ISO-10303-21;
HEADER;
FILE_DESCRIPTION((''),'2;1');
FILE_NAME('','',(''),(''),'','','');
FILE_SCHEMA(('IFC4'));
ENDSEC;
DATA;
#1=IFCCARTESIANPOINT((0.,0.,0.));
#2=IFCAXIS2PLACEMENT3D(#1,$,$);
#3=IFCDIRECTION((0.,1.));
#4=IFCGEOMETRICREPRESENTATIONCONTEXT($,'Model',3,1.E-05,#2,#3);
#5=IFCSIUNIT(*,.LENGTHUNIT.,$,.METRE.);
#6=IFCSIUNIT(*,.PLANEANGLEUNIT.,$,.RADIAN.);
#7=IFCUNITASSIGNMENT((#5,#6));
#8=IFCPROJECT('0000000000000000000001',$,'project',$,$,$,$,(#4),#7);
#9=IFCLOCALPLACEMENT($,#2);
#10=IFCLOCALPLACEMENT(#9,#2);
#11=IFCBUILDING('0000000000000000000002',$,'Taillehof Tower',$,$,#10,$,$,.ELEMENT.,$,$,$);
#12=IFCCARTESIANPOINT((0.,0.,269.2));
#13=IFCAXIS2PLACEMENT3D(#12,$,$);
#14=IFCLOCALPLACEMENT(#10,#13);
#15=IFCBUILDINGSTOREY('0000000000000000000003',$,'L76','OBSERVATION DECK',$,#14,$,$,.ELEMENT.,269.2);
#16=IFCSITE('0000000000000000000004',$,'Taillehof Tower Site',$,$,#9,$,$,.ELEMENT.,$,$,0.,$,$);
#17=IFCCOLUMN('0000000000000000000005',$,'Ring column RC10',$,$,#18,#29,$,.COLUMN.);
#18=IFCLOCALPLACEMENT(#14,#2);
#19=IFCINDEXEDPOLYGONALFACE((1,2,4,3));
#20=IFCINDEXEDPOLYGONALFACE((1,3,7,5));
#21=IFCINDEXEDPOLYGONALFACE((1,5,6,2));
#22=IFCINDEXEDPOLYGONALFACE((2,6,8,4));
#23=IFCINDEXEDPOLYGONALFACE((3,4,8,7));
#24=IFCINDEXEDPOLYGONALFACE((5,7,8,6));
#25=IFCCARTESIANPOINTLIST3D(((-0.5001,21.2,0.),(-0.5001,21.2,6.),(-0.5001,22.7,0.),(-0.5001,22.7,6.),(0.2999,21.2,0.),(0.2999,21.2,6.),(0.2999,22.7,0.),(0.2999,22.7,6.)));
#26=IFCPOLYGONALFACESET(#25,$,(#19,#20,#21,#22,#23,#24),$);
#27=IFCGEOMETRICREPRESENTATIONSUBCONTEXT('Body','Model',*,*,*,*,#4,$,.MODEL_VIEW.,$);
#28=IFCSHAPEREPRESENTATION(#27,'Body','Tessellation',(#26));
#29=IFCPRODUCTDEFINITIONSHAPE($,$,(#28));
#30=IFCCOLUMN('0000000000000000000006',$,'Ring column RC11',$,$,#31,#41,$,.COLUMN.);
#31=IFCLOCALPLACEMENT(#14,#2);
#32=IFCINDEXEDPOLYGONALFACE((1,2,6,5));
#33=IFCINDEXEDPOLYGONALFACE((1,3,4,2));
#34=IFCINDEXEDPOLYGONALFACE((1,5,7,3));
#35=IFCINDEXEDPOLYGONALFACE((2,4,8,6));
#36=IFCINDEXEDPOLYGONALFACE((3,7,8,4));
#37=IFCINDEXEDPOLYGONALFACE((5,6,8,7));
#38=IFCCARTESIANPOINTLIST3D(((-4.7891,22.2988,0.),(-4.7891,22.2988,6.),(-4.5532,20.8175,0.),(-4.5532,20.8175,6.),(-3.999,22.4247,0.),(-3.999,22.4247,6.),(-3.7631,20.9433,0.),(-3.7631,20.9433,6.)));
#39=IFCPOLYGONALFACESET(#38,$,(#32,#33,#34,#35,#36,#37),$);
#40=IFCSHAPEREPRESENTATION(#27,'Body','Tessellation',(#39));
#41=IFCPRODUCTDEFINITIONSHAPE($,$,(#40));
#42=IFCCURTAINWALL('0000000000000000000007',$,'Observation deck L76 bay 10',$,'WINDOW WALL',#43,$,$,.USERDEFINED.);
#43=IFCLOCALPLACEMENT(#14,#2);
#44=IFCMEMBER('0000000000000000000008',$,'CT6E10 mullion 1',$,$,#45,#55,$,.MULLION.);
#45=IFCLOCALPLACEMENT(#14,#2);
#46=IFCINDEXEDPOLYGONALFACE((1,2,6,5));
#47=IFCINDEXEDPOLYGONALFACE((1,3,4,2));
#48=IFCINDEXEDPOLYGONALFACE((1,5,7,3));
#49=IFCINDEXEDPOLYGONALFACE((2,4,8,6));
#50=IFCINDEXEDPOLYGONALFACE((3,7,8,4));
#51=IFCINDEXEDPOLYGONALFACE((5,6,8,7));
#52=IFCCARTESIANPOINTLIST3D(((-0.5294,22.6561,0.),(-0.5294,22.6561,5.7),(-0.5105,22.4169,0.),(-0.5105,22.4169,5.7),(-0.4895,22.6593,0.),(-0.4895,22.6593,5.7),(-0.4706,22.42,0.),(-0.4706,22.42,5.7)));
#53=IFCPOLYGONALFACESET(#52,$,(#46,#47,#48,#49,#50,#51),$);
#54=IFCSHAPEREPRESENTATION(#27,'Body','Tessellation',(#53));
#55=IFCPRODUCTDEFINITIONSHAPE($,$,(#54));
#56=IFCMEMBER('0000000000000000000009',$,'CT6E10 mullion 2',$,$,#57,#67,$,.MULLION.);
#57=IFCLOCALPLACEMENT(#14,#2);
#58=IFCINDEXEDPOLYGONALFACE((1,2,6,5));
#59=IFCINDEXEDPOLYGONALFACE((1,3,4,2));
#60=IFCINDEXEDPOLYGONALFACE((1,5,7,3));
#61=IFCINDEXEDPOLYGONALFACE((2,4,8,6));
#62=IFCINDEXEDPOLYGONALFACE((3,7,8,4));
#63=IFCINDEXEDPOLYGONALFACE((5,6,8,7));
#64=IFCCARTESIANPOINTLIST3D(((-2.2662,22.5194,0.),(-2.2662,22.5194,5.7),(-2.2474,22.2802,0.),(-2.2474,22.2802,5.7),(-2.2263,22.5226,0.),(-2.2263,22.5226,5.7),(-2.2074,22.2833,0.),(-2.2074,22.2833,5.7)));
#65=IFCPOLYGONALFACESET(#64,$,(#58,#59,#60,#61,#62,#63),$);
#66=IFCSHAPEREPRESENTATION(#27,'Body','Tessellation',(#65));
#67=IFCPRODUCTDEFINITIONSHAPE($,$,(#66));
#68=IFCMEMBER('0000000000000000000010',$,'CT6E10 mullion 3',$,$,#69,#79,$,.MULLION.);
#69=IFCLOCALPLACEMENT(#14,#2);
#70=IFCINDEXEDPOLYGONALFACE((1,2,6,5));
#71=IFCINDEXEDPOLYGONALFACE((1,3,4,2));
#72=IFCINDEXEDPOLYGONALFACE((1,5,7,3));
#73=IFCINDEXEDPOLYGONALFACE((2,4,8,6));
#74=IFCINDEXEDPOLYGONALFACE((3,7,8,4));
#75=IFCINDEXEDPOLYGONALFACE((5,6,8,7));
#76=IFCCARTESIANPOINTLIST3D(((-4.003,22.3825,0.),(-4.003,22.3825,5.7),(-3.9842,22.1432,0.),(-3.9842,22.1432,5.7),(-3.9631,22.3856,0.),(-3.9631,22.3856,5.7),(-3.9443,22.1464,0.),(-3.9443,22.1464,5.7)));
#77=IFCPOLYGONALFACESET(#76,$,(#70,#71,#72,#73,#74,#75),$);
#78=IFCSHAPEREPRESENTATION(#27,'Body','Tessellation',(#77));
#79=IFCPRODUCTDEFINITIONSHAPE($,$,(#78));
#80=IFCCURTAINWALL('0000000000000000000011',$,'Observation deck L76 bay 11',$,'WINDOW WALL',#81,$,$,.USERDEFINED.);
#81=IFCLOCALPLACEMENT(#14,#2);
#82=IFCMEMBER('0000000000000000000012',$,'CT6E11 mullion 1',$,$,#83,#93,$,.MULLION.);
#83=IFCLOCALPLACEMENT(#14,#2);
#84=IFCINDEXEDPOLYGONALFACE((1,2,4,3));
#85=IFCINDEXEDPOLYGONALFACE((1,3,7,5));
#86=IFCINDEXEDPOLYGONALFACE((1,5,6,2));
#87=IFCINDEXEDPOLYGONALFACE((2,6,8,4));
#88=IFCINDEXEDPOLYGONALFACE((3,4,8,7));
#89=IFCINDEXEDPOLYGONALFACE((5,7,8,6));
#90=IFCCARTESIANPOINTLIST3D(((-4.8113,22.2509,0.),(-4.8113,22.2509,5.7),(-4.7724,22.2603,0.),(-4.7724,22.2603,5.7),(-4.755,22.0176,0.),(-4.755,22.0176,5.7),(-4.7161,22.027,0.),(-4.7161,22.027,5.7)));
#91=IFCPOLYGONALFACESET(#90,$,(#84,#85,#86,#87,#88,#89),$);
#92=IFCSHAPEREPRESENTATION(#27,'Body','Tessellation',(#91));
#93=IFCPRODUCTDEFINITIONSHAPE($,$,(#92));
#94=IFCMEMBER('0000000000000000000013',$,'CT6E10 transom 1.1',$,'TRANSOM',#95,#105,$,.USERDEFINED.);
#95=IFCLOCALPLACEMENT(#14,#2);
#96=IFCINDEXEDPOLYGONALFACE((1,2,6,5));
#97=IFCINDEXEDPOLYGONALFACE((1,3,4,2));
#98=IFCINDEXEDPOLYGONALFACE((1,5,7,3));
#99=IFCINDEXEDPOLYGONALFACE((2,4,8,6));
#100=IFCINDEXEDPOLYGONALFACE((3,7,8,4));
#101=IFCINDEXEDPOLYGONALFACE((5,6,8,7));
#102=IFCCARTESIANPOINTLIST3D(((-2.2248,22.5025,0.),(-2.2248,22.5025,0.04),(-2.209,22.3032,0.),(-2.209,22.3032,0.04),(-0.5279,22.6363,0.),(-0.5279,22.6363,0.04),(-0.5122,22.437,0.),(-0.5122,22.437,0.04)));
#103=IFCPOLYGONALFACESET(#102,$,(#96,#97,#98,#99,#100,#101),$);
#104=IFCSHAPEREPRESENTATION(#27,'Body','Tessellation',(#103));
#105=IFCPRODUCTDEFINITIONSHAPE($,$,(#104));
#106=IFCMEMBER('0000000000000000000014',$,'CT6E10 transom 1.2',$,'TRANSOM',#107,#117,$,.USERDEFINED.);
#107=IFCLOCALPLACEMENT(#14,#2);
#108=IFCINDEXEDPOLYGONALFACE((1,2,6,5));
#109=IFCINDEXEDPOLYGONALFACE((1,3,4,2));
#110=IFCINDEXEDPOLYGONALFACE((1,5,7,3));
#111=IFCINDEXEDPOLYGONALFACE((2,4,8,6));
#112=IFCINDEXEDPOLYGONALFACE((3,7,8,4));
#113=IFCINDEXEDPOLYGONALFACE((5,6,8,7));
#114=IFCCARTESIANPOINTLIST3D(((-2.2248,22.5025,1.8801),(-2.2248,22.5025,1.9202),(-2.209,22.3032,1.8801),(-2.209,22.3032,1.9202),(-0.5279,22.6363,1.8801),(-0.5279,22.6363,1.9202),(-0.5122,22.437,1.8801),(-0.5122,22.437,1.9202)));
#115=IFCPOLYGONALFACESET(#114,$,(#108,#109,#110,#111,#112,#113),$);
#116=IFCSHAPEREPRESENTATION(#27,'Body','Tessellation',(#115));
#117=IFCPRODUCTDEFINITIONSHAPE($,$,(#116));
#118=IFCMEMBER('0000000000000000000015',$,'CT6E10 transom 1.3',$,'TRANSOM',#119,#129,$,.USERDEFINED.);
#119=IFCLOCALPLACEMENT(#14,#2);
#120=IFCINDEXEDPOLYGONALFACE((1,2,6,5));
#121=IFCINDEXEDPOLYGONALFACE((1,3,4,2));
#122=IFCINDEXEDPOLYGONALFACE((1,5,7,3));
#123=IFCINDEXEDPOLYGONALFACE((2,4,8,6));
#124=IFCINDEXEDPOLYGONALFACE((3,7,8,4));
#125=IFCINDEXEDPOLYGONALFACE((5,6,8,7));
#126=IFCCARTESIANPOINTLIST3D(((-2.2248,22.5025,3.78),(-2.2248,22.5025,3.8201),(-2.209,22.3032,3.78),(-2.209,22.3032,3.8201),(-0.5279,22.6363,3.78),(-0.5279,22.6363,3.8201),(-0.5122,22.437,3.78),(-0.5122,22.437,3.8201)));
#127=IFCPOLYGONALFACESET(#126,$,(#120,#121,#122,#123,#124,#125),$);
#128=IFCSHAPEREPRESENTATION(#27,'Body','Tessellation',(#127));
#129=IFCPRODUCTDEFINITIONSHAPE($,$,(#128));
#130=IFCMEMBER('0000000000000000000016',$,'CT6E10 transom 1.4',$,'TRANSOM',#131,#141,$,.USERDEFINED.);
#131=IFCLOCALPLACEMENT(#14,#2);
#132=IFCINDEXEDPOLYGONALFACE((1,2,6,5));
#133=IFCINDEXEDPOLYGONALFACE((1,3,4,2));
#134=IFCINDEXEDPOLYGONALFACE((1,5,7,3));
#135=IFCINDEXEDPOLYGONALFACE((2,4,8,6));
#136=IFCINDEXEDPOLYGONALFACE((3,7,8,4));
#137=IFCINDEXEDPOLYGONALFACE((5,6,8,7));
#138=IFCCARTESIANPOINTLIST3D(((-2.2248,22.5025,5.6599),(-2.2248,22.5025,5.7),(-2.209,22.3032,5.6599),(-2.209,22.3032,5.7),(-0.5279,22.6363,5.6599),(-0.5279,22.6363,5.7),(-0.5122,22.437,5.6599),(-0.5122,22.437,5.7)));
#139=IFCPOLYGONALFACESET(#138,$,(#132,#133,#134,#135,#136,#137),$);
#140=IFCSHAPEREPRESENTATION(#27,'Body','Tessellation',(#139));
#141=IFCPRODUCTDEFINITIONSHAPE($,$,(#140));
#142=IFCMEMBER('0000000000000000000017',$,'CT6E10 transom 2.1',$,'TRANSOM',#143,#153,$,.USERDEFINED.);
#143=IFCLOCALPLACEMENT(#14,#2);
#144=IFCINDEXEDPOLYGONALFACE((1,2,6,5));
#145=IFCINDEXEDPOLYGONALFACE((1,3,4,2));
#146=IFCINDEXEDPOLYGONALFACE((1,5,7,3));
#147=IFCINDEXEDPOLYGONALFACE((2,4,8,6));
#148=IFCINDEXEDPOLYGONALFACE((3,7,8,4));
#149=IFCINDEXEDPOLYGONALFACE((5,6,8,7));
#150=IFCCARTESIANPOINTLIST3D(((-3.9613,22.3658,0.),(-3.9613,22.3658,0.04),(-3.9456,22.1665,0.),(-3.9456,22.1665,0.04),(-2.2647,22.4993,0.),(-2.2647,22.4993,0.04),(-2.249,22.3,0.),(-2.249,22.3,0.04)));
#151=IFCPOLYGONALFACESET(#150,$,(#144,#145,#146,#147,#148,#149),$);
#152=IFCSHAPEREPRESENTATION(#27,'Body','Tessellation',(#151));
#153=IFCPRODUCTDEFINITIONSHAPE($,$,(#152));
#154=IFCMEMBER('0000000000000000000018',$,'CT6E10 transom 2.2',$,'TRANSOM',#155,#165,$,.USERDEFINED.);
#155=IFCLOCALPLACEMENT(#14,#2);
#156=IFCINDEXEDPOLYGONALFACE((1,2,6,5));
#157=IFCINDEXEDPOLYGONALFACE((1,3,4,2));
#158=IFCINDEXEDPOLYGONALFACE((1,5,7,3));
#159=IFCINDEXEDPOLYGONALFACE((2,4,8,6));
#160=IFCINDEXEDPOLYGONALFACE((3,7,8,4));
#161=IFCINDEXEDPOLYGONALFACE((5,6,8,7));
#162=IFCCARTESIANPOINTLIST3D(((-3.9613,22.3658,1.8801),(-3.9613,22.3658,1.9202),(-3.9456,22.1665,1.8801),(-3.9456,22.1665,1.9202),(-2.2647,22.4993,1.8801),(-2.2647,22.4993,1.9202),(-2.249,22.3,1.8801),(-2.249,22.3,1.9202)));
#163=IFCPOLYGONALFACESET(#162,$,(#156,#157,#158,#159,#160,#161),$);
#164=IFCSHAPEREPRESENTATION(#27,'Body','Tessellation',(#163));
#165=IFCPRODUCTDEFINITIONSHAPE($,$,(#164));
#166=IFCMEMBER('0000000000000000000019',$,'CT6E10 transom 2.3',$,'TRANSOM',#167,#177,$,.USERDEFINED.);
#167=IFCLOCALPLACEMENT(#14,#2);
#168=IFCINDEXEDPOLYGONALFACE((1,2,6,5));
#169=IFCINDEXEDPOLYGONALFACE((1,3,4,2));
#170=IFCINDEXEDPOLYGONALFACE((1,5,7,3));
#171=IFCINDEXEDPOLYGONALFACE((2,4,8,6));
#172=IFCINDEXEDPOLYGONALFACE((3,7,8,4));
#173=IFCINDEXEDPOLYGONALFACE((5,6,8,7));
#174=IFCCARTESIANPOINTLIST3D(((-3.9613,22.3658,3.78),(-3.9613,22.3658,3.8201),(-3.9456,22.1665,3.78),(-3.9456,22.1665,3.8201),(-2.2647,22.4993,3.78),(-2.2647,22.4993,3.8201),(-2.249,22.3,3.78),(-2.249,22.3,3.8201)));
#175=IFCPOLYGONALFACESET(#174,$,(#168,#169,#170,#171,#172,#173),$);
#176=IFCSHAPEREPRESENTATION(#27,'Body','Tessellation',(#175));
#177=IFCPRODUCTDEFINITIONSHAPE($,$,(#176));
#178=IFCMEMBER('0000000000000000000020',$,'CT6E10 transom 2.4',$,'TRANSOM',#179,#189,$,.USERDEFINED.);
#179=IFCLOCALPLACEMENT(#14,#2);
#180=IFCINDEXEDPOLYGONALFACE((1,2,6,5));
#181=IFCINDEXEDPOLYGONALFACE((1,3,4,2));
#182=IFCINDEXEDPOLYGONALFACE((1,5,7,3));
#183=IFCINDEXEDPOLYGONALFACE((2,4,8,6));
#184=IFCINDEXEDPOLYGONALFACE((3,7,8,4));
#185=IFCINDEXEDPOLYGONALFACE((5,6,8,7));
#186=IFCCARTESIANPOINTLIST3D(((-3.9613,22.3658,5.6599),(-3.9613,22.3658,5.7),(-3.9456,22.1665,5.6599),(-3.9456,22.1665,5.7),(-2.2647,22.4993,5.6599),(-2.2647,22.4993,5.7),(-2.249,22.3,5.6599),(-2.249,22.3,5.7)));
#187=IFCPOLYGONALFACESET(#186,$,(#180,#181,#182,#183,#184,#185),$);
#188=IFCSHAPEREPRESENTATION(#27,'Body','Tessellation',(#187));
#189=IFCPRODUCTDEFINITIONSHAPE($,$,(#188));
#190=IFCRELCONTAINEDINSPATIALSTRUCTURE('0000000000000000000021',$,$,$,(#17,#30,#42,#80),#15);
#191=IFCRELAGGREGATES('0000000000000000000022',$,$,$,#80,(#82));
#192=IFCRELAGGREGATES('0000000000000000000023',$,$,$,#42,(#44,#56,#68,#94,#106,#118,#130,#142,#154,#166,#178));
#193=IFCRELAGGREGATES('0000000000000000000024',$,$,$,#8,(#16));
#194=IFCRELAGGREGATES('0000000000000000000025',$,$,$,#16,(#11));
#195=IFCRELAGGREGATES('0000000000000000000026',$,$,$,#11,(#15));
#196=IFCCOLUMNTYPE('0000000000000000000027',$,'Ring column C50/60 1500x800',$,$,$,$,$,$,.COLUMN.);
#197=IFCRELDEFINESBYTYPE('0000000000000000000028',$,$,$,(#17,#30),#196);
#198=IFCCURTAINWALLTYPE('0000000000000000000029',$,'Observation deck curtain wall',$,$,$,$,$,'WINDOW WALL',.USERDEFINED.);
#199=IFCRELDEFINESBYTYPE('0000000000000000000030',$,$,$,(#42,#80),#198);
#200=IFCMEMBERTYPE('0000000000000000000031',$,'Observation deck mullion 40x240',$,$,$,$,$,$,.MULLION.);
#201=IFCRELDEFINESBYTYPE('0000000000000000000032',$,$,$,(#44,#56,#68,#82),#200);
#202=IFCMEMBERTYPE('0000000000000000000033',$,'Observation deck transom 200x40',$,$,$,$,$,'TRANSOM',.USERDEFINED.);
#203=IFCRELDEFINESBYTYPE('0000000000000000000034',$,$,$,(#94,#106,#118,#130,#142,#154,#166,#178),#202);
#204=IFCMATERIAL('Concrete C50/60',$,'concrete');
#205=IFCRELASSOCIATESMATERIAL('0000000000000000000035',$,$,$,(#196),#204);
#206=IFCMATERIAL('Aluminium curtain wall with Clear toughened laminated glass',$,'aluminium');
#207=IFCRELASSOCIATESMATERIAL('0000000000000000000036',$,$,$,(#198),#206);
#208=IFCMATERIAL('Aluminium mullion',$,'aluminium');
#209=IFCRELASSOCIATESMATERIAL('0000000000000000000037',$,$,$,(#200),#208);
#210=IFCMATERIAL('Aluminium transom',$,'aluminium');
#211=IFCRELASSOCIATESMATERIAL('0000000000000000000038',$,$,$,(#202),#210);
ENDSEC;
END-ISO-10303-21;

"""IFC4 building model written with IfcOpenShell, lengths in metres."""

from ifc_helpers import new_model, si_unit, direction, frame, origin, origin_2d, place, context, subcontext, project, spatial, rectangle, extrude, material, material_profile, profile_set, type_object, element, aggregate, save


model = new_model("IFC4")

# Units and contexts
model_context = context("Model", 3, precision=1e-05, world=origin(), true_north=direction((0.0, 1.0)))
body_context = subcontext(model_context, "Body", "Model", "MODEL_VIEW")
ifc_project = project(units=[si_unit("LENGTHUNIT", "METRE"), si_unit("PLANEANGLEUNIT", "RADIAN")], contexts=[model_context])

# Site, building, storey
site_placement = place(None, origin())
site = spatial("IfcSite", under=ifc_project, at=site_placement, Name="Taillehof Tower Site", CompositionType="ELEMENT", RefElevation=0.0)
building_placement = place(site_placement, origin())
building = spatial("IfcBuilding", under=site, at=building_placement, Name="Taillehof Tower", CompositionType="ELEMENT")
storey_placement = place(building_placement, frame((0.0, 0.0, 269.2)))
storey = spatial("IfcBuildingStorey", under=building, at=storey_placement, Name="L76", Description="OBSERVATION DECK", CompositionType="ELEMENT", Elevation=269.2)

# Columns
ifc_material_1 = material(Name="Concrete C50/60", Category="concrete")
ifc_material_profile_1 = material_profile(ifc_material_1, rectangle(XDim=1.5, YDim=0.8, at=origin_2d()), Name="RC 1500x800")
ifc_profile_set_1 = profile_set([ifc_material_profile_1], Name="Concrete C50/60")
column_type = type_object("IfcColumnType", Name="Ring column C50/60 1500x800", PredefinedType="COLUMN", material=ifc_profile_set_1)
for number, where, z_axis, x_axis, name in (
    (1, (-0.1001, 21.95, 0.0), (0.0, 0.0, 1.0), (0.0, 1.0, 0.0), "Ring column RC10"),
    (2, (-4.2761, 21.6211, 0.0), (0.0, 0.0, 1.0), (-0.157281, 0.987554, 0.0), "Ring column RC11"),
):
    element("IfcColumn", number, at=place(storey_placement, frame(where, z_axis=z_axis, x_axis=x_axis)), inside=storey, type_object=column_type, Name=name, PredefinedType="COLUMN", context=body_context, shape_type="SweptSolid", body=[
        extrude(rectangle(XDim=1.5, YDim=0.8, at=origin_2d()), origin(), (0.0, 0.0, 1.0), 6.0),
    ])

# Curtain wall, members
ifc_material_2 = material(Name="Aluminium curtain wall with Clear toughened laminated glass", Category="aluminium")
curtain_wall_type = type_object("IfcCurtainWallType", Name="Observation deck curtain wall", ElementType="WINDOW WALL", PredefinedType="USERDEFINED", material=ifc_material_2)
curtain_wall_1_placement = place(storey_placement, origin())
curtain_wall_1 = element("IfcCurtainWall", 3, at=curtain_wall_1_placement, inside=storey, type_object=curtain_wall_type, Name="Observation deck L76 bay 10", ObjectType="WINDOW WALL", PredefinedType="USERDEFINED")
ifc_material_3 = material(Name="Aluminium mullion", Category="aluminium")
ifc_material_profile_2 = material_profile(ifc_material_3, rectangle(XDim=0.24, YDim=0.04, at=origin_2d()), Name="AL 40x240")
ifc_profile_set_2 = profile_set([ifc_material_profile_2], Name="Aluminium mullion")
member_type_1 = type_object("IfcMemberType", Name="Observation deck mullion 40x240", PredefinedType="MULLION", material=ifc_profile_set_2)
member_1_placement = place(storey_placement, frame((-0.5, 22.5381, 0.0), z_axis=(0.0, 0.0, 1.0), x_axis=(0.078525, -0.996912, 0.0)))
member_1 = element("IfcMember", 4, at=member_1_placement, type_object=member_type_1, Name="CT6E10 mullion 1", PredefinedType="MULLION", context=body_context, shape_type="SweptSolid", body=[
    extrude(rectangle(XDim=0.24, YDim=0.04, at=origin_2d()), origin(), (0.0, 0.0, 1.0), 5.7),
])
member_2_placement = place(storey_placement, frame((-2.2368, 22.4014, 0.0), z_axis=(0.0, 0.0, 1.0), x_axis=(0.078525, -0.996912, 0.0)))
member_2 = element("IfcMember", 5, at=member_2_placement, type_object=member_type_1, Name="CT6E10 mullion 2", PredefinedType="MULLION", context=body_context, shape_type="SweptSolid", body=[
    extrude(rectangle(XDim=0.24, YDim=0.04, at=origin_2d()), origin(), (0.0, 0.0, 1.0), 5.7),
])
member_3_placement = place(storey_placement, frame((-3.9736, 22.2644, 0.0), z_axis=(0.0, 0.0, 1.0), x_axis=(0.078525, -0.996912, 0.0)))
member_3 = element("IfcMember", 6, at=member_3_placement, type_object=member_type_1, Name="CT6E10 mullion 3", PredefinedType="MULLION", context=body_context, shape_type="SweptSolid", body=[
    extrude(rectangle(XDim=0.24, YDim=0.04, at=origin_2d()), origin(), (0.0, 0.0, 1.0), 5.7),
])

# Curtain wall, member
curtain_wall_2_placement = place(storey_placement, origin())
curtain_wall_2 = element("IfcCurtainWall", 7, at=curtain_wall_2_placement, inside=storey, type_object=curtain_wall_type, Name="Observation deck L76 bay 11", ObjectType="WINDOW WALL", PredefinedType="USERDEFINED")
member_4_placement = place(storey_placement, frame((-4.7637, 22.1389, 0.0), z_axis=(0.0, 0.0, 1.0), x_axis=(0.234515, -0.972113, 0.0)))
member_4 = element("IfcMember", 8, at=member_4_placement, type_object=member_type_1, Name="CT6E11 mullion 1", PredefinedType="MULLION", context=body_context, shape_type="SweptSolid", body=[
    extrude(rectangle(XDim=0.24, YDim=0.04, at=origin_2d()), origin(), (0.0, 0.0, 1.0), 5.7),
])

# Members
ifc_material_4 = material(Name="Aluminium transom", Category="aluminium")
ifc_material_profile_3 = material_profile(ifc_material_4, rectangle(XDim=0.2, YDim=0.04, at=origin_2d()), Name="AL 200x40")
ifc_profile_set_3 = profile_set([ifc_material_profile_3], Name="Aluminium transom")
member_type_2 = type_object("IfcMemberType", Name="Observation deck transom 200x40", ElementType="TRANSOM", PredefinedType="USERDEFINED", material=ifc_profile_set_3)
member_5_placement = place(storey_placement, frame((-0.52, 22.5366, 0.02), z_axis=(-0.996906, -0.078605, 0.0), x_axis=(0.078605, -0.996906, 0.0)))
member_5 = element("IfcMember", 9, at=member_5_placement, type_object=member_type_2, Name="CT6E10 transom 1.1", ObjectType="TRANSOM", PredefinedType="USERDEFINED", context=body_context, shape_type="SweptSolid", body=[
    extrude(rectangle(XDim=0.2, YDim=0.04, at=origin_2d()), origin(), (0.0, 0.0, 1.0), 1.7021),
])
member_6_placement = place(storey_placement, frame((-0.52, 22.5366, 1.9001), z_axis=(-0.996906, -0.078605, 0.0), x_axis=(0.078605, -0.996906, 0.0)))
member_6 = element("IfcMember", 10, at=member_6_placement, type_object=member_type_2, Name="CT6E10 transom 1.2", ObjectType="TRANSOM", PredefinedType="USERDEFINED", context=body_context, shape_type="SweptSolid", body=[
    extrude(rectangle(XDim=0.2, YDim=0.04, at=origin_2d()), origin(), (0.0, 0.0, 1.0), 1.7021),
])
member_7_placement = place(storey_placement, frame((-0.52, 22.5366, 3.8), z_axis=(-0.996906, -0.078605, 0.0), x_axis=(0.078605, -0.996906, 0.0)))
member_7 = element("IfcMember", 11, at=member_7_placement, type_object=member_type_2, Name="CT6E10 transom 1.3", ObjectType="TRANSOM", PredefinedType="USERDEFINED", context=body_context, shape_type="SweptSolid", body=[
    extrude(rectangle(XDim=0.2, YDim=0.04, at=origin_2d()), origin(), (0.0, 0.0, 1.0), 1.7021),
])
member_8_placement = place(storey_placement, frame((-0.52, 22.5366, 5.6799), z_axis=(-0.996906, -0.078605, 0.0), x_axis=(0.078605, -0.996906, 0.0)))
member_8 = element("IfcMember", 12, at=member_8_placement, type_object=member_type_2, Name="CT6E10 transom 1.4", ObjectType="TRANSOM", PredefinedType="USERDEFINED", context=body_context, shape_type="SweptSolid", body=[
    extrude(rectangle(XDim=0.2, YDim=0.04, at=origin_2d()), origin(), (0.0, 0.0, 1.0), 1.7021),
])
member_9_placement = place(storey_placement, frame((-2.2568, 22.3997, 0.02), z_axis=(-0.996917, -0.078462, 0.0), x_axis=(0.078462, -0.996917, 0.0)))
member_9 = element("IfcMember", 13, at=member_9_placement, type_object=member_type_2, Name="CT6E10 transom 2.1", ObjectType="TRANSOM", PredefinedType="USERDEFINED", context=body_context, shape_type="SweptSolid", body=[
    extrude(rectangle(XDim=0.2, YDim=0.04, at=origin_2d()), origin(), (0.0, 0.0, 1.0), 1.7019),
])
member_10_placement = place(storey_placement, frame((-2.2568, 22.3997, 1.9001), z_axis=(-0.996917, -0.078462, 0.0), x_axis=(0.078462, -0.996917, 0.0)))
member_10 = element("IfcMember", 14, at=member_10_placement, type_object=member_type_2, Name="CT6E10 transom 2.2", ObjectType="TRANSOM", PredefinedType="USERDEFINED", context=body_context, shape_type="SweptSolid", body=[
    extrude(rectangle(XDim=0.2, YDim=0.04, at=origin_2d()), origin(), (0.0, 0.0, 1.0), 1.7019),
])
member_11_placement = place(storey_placement, frame((-2.2568, 22.3997, 3.8), z_axis=(-0.996917, -0.078462, 0.0), x_axis=(0.078462, -0.996917, 0.0)))
member_11 = element("IfcMember", 15, at=member_11_placement, type_object=member_type_2, Name="CT6E10 transom 2.3", ObjectType="TRANSOM", PredefinedType="USERDEFINED", context=body_context, shape_type="SweptSolid", body=[
    extrude(rectangle(XDim=0.2, YDim=0.04, at=origin_2d()), origin(), (0.0, 0.0, 1.0), 1.7019),
])
member_12_placement = place(storey_placement, frame((-2.2568, 22.3997, 5.6799), z_axis=(-0.996917, -0.078462, 0.0), x_axis=(0.078462, -0.996917, 0.0)))
member_12 = element("IfcMember", 16, at=member_12_placement, type_object=member_type_2, Name="CT6E10 transom 2.4", ObjectType="TRANSOM", PredefinedType="USERDEFINED", context=body_context, shape_type="SweptSolid", body=[
    extrude(rectangle(XDim=0.2, YDim=0.04, at=origin_2d()), origin(), (0.0, 0.0, 1.0), 1.7019),
])
aggregate(curtain_wall_2, [member_4])

aggregate(curtain_wall_1, [member_1, member_2, member_3, member_5, member_6, member_7, member_8, member_9, member_10, member_11, member_12])

save(model, "model.ifc")
